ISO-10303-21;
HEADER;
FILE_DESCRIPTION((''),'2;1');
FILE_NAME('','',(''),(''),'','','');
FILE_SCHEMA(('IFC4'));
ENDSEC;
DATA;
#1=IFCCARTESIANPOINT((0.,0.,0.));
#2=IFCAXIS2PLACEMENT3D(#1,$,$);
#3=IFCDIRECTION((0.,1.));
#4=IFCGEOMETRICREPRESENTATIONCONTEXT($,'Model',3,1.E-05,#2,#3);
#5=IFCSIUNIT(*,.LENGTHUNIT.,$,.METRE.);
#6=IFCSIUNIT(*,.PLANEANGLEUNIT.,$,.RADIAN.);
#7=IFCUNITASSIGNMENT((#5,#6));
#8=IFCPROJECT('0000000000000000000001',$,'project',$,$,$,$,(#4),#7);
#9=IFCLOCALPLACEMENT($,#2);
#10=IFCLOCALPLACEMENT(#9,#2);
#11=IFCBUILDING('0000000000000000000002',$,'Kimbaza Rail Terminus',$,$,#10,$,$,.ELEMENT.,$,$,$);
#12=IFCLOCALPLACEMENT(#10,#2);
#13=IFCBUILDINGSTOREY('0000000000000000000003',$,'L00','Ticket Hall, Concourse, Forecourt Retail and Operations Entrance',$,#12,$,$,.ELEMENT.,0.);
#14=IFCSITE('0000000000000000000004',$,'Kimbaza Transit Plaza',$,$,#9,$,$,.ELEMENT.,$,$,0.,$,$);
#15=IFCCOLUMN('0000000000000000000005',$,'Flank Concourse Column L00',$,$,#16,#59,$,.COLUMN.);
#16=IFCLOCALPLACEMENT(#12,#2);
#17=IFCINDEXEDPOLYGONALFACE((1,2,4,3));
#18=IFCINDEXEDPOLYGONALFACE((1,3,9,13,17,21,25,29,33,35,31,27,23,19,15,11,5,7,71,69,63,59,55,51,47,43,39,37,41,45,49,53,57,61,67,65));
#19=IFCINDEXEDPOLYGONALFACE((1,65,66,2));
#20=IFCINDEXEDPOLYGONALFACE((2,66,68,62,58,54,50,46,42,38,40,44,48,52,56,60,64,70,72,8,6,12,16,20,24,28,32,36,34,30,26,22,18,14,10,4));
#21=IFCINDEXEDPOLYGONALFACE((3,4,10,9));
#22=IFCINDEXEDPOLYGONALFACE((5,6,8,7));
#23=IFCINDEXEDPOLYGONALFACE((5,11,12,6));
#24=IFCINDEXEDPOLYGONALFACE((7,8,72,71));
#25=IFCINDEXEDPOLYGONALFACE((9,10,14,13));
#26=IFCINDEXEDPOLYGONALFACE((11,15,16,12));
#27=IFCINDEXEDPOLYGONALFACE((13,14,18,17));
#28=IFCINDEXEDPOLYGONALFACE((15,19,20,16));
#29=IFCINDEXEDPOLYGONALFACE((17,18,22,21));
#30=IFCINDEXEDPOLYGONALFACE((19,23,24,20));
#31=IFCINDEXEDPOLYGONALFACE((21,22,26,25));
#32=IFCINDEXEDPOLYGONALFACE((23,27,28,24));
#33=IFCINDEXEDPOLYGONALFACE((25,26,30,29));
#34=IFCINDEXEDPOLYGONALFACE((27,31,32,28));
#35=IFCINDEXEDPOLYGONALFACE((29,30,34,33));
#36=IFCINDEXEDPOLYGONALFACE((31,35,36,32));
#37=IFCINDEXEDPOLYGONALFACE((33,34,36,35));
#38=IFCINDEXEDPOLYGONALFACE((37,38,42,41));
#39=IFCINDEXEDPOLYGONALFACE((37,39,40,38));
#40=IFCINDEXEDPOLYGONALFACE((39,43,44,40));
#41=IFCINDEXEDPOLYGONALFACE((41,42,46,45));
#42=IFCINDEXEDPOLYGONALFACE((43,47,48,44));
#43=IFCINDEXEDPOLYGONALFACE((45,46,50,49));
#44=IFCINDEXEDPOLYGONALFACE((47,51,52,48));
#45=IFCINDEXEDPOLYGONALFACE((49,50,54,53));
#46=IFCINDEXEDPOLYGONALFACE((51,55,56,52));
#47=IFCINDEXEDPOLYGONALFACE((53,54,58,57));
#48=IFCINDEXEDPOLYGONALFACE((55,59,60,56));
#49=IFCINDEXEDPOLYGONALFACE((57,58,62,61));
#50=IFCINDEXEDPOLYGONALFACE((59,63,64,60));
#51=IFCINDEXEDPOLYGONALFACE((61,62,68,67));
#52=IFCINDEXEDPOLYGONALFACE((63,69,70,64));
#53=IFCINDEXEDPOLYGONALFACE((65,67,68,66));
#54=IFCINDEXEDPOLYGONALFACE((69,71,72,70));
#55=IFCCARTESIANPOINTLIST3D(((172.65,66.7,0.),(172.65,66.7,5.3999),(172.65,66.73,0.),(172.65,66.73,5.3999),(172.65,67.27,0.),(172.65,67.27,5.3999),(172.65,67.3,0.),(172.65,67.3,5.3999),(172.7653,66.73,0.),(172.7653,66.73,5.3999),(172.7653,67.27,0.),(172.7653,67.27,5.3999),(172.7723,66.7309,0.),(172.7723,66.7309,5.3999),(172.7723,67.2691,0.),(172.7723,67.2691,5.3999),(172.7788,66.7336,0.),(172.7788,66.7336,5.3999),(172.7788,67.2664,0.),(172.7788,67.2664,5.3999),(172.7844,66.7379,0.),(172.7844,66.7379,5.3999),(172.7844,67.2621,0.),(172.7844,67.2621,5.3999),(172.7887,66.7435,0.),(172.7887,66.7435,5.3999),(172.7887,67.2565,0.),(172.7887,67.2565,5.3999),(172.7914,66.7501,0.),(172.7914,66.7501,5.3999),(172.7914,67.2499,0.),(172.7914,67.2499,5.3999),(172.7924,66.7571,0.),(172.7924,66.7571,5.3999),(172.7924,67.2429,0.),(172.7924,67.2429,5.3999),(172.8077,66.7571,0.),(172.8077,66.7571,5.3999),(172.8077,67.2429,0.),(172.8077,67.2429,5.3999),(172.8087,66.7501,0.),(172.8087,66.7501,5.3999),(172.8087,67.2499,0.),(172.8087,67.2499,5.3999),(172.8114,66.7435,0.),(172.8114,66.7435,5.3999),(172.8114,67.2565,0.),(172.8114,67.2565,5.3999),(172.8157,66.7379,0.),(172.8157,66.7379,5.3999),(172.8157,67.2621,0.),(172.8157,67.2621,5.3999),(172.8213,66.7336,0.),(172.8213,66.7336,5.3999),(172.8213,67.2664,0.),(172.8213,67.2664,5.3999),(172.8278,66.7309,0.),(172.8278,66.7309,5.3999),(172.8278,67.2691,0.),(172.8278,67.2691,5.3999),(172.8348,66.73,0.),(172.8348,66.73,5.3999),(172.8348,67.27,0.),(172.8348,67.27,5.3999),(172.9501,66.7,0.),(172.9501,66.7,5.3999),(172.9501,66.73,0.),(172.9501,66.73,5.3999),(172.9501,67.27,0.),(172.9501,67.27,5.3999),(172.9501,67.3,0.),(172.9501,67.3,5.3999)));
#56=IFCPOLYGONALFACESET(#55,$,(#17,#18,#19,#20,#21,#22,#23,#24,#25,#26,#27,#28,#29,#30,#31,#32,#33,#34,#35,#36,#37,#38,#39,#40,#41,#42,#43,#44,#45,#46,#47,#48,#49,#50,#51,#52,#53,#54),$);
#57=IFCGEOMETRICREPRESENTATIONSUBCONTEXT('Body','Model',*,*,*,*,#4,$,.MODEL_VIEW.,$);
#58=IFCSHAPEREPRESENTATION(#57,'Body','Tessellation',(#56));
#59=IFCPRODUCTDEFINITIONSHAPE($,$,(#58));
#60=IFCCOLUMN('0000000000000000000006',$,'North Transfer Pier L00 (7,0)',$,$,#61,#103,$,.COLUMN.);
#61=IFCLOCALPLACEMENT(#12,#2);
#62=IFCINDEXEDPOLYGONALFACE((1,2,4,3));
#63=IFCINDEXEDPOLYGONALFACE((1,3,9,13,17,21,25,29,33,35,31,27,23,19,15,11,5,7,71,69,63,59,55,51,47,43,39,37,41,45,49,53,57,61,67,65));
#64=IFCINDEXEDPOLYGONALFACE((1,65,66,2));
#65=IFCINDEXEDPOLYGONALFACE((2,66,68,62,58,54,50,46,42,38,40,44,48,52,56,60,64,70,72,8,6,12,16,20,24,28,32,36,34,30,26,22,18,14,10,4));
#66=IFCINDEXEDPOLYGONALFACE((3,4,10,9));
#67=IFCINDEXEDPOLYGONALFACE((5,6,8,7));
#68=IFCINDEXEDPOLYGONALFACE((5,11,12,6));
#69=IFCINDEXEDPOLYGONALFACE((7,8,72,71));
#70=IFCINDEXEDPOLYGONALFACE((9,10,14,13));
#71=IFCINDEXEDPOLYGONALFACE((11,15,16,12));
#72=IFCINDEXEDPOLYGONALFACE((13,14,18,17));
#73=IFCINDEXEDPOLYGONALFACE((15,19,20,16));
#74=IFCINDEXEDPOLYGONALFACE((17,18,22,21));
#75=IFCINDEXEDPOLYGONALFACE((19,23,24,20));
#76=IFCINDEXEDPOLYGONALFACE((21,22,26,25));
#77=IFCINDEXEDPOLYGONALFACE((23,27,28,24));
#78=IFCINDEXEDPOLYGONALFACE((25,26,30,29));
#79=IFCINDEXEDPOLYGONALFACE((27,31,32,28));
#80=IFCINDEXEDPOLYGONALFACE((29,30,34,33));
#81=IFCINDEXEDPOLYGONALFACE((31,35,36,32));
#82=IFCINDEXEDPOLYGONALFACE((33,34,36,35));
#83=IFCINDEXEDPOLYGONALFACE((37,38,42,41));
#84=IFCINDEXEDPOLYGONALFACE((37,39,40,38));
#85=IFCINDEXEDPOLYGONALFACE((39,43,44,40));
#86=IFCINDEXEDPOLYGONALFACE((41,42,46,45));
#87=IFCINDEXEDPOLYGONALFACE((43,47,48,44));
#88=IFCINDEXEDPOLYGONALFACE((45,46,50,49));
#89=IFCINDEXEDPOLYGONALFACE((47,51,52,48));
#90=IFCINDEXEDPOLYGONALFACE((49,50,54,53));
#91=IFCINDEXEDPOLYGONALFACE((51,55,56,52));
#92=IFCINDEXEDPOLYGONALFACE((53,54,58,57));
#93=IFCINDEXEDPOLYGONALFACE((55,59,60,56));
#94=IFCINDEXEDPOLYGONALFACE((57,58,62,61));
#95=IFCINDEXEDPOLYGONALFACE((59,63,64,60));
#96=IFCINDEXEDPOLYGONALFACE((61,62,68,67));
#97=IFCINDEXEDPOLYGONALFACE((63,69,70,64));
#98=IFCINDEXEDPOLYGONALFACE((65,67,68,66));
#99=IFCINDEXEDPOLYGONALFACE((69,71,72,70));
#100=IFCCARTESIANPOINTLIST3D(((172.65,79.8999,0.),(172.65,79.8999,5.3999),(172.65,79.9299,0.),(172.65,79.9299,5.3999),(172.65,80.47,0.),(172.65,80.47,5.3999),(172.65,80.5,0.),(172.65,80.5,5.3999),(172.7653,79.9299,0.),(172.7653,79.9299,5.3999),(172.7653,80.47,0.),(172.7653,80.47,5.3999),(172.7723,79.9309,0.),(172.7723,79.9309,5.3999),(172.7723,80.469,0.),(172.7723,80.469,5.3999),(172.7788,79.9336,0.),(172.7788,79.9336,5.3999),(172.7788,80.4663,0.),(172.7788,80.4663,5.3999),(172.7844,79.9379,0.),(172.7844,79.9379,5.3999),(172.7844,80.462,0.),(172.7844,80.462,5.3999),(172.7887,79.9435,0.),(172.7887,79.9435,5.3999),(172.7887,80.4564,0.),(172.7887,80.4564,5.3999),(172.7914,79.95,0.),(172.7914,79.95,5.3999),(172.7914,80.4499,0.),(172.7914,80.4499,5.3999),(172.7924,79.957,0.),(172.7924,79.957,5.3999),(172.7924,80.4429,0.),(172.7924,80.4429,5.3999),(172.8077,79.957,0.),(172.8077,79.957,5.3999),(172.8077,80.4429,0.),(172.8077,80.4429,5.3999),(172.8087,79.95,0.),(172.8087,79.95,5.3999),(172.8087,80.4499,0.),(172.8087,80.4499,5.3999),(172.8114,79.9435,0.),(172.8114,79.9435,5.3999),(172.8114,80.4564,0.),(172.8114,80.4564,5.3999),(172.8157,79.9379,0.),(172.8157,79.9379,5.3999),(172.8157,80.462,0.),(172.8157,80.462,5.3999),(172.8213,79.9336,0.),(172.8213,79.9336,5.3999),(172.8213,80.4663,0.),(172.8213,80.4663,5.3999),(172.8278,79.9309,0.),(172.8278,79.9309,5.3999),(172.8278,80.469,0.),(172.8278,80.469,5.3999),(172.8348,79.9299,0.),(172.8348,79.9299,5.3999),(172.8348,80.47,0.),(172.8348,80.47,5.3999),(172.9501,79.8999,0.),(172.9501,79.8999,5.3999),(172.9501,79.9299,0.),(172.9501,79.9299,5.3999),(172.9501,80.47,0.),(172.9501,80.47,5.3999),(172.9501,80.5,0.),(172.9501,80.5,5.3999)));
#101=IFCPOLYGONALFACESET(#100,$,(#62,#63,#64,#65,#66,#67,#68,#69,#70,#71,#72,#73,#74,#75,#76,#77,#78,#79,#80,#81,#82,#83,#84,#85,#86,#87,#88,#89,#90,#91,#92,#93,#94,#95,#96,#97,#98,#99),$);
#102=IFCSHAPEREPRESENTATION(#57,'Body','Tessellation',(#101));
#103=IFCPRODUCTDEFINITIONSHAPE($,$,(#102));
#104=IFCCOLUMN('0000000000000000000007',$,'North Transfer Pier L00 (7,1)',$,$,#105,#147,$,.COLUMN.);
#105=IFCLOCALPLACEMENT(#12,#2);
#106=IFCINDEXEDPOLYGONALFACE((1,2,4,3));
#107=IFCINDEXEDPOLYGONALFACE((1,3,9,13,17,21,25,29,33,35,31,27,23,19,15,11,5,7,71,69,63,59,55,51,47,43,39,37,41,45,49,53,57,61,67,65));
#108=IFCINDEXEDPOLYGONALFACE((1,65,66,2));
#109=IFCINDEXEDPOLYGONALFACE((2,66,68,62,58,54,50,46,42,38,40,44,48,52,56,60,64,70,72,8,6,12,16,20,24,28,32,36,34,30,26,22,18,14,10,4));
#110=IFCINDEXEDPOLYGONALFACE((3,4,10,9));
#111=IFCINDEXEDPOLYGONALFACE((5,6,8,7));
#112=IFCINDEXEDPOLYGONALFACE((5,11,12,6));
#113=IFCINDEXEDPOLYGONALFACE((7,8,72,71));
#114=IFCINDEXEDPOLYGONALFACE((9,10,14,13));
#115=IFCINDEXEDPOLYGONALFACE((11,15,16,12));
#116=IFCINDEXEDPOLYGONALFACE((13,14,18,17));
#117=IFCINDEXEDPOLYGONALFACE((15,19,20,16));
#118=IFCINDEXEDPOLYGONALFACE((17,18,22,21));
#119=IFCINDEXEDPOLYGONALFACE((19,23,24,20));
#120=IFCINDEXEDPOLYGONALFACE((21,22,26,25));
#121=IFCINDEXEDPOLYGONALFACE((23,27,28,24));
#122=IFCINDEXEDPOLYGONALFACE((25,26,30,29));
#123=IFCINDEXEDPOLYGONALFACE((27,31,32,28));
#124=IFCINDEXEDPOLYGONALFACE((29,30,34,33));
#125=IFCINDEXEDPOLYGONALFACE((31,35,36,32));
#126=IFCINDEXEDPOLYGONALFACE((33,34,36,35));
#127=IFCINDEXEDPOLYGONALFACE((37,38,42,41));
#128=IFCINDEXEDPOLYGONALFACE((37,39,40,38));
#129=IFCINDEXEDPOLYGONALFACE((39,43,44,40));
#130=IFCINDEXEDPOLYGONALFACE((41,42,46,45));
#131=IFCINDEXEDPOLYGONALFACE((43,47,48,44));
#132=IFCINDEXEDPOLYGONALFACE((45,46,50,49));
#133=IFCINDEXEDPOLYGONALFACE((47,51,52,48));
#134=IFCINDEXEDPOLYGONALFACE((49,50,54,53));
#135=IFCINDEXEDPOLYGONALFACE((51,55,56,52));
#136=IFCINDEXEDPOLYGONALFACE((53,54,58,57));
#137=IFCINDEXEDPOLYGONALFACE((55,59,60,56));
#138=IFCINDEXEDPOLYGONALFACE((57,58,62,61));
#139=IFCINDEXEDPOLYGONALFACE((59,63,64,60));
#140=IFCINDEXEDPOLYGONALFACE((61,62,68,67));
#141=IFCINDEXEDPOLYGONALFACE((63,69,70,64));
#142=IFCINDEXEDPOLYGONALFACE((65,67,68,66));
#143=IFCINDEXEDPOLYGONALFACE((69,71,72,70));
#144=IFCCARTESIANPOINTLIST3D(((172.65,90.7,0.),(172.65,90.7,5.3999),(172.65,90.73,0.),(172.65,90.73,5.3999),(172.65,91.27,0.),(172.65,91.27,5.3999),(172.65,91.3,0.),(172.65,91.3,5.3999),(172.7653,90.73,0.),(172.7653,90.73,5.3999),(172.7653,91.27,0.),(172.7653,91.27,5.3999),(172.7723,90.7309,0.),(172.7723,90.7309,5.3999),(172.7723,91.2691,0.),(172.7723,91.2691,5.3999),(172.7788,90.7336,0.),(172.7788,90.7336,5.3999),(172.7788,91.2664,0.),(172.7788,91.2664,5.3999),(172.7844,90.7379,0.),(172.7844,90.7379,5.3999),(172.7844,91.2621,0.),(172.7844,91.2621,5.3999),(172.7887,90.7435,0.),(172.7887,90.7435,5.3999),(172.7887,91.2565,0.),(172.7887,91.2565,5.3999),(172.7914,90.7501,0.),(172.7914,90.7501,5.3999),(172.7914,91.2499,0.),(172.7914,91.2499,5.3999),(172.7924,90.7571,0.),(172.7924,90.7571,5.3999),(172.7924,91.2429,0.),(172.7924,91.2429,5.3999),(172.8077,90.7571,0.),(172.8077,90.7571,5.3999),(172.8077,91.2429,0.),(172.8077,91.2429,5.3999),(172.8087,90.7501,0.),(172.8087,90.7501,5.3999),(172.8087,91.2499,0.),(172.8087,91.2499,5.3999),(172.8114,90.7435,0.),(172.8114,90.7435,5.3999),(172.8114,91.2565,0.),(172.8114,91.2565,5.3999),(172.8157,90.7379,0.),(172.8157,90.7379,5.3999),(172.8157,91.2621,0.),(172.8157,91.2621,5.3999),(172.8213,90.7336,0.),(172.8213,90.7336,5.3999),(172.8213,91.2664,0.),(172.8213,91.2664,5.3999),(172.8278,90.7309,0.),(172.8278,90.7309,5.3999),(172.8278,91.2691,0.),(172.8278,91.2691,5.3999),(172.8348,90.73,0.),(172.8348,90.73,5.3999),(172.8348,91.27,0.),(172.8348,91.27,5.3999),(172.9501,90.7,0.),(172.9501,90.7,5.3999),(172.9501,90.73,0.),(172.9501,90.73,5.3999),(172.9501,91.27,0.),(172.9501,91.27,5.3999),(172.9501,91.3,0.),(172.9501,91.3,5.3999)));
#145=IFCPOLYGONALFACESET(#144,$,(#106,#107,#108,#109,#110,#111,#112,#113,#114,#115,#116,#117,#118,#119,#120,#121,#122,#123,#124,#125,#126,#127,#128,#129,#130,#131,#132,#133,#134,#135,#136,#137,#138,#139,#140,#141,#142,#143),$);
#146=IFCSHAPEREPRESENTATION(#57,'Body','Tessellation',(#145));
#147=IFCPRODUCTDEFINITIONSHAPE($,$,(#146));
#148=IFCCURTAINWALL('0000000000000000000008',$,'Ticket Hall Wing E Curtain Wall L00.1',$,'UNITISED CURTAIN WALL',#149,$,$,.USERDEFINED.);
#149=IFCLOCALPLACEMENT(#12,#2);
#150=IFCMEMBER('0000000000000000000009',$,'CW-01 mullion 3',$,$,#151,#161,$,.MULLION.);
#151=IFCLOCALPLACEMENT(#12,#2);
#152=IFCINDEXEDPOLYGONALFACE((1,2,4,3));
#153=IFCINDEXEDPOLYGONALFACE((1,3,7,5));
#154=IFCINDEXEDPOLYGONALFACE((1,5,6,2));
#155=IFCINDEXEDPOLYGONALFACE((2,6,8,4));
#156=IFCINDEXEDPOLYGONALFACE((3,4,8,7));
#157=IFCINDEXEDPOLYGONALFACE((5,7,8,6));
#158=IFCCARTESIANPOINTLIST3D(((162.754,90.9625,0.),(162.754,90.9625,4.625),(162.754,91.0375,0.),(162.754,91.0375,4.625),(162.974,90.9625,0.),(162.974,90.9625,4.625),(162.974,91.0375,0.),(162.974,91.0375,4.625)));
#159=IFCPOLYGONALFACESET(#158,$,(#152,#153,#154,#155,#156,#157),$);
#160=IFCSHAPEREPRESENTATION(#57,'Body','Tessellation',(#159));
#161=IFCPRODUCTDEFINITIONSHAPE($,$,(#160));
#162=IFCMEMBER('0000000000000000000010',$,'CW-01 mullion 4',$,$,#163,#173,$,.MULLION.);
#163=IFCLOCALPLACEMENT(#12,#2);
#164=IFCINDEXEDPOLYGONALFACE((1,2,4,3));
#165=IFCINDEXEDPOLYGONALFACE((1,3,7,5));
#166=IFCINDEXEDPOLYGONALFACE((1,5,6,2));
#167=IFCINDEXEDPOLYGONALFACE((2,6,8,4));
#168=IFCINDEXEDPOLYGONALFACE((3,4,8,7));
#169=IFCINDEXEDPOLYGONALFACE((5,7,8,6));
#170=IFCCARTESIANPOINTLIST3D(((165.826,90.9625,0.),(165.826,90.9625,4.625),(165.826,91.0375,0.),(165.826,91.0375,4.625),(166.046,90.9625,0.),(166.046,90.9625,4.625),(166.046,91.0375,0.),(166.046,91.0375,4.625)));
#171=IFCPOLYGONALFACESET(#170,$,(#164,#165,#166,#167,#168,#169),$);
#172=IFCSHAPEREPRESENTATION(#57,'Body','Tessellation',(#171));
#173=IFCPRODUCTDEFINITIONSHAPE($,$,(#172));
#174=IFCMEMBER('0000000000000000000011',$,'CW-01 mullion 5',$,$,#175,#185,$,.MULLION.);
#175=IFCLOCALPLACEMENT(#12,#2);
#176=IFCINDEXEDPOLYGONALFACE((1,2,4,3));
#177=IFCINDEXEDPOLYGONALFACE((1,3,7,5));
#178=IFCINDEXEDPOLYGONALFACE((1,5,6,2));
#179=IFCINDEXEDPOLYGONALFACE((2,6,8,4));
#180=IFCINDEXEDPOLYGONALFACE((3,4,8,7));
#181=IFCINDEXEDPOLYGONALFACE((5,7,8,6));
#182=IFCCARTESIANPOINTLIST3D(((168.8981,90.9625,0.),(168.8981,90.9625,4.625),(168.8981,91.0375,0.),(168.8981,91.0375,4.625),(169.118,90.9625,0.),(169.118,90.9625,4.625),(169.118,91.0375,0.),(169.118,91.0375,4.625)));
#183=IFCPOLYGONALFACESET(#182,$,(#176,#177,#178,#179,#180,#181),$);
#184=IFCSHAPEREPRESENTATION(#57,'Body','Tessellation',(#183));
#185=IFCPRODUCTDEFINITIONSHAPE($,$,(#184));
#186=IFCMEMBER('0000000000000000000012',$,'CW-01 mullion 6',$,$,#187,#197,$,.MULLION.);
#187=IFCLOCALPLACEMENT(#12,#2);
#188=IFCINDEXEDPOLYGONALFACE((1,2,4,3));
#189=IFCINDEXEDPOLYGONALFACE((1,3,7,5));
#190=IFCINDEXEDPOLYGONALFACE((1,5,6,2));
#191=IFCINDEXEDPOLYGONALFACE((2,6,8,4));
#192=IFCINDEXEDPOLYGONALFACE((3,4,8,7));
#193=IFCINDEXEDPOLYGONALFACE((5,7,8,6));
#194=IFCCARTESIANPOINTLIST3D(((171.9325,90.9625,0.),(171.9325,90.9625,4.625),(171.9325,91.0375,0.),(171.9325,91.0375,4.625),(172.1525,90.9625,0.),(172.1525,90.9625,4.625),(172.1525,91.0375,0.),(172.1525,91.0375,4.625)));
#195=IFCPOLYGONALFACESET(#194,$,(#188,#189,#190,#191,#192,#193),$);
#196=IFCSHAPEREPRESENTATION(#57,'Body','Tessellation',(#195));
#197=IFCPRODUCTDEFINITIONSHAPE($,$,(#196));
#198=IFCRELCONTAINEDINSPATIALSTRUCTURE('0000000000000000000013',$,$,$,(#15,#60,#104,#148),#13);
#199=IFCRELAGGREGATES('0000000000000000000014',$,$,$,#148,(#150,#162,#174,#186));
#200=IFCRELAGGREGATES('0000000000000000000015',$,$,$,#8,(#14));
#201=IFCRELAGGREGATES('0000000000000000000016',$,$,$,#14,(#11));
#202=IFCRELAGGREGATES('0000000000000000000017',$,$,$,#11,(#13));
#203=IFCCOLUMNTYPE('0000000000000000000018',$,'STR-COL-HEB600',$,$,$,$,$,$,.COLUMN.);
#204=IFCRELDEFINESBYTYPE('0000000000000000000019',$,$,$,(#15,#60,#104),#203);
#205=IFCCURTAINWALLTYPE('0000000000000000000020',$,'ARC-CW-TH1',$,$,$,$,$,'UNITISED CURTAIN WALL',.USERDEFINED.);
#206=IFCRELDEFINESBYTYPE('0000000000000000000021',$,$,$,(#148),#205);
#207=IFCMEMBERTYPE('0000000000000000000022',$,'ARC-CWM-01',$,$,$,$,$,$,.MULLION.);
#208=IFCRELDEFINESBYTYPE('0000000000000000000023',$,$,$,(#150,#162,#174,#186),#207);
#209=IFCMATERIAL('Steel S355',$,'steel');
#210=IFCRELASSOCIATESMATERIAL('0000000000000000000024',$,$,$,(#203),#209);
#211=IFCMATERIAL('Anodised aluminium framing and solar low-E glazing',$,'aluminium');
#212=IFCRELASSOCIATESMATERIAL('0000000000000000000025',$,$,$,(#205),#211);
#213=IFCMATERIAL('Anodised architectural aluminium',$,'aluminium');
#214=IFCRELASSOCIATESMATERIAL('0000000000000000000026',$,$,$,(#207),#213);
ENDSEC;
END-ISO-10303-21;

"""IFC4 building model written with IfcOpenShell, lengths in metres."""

from ifc_helpers import new_model, si_unit, direction, frame, origin, origin_2d, place, context, subcontext, project, spatial, rectangle, i_section, extrude, material, material_profile, profile_set, type_object, element, aggregate, save


model = new_model("IFC4")

# Units and contexts
model_context = context("Model", 3, precision=1e-05, world=origin(), true_north=direction((0.0, 1.0)))
body_context = subcontext(model_context, "Body", "Model", "MODEL_VIEW")
ifc_project = project(units=[si_unit("LENGTHUNIT", "METRE"), si_unit("PLANEANGLEUNIT", "RADIAN")], contexts=[model_context])

# Site, building, storey
site_placement = place(None, origin())
site = spatial("IfcSite", under=ifc_project, at=site_placement, Name="Kimbaza Transit Plaza", CompositionType="ELEMENT", RefElevation=0.0)
building_placement = place(site_placement, origin())
building = spatial("IfcBuilding", under=site, at=building_placement, Name="Kimbaza Rail Terminus", CompositionType="ELEMENT")
storey_placement = place(building_placement, origin())
storey = spatial("IfcBuildingStorey", under=building, at=storey_placement, Name="L00", Description="Ticket Hall, Concourse, Forecourt Retail and Operations Entrance", CompositionType="ELEMENT", Elevation=0.0)

# Columns
ifc_material_1 = material(Name="Steel S355", Category="steel")
ifc_material_profile_1 = material_profile(ifc_material_1, i_section(OverallWidth=0.3, OverallDepth=0.6001, WebThickness=0.0154, FlangeThickness=0.03, FilletRadius=0.0271, at=origin_2d()), Name="HEB 600")
ifc_profile_set_1 = profile_set([ifc_material_profile_1], Name="Steel S355")
column_type = type_object("IfcColumnType", Name="STR-COL-HEB600", PredefinedType="COLUMN", material=ifc_profile_set_1)
for number, where, z_axis, x_axis, name in (
    (1, (172.8, 67.0, 0.0), (0.0, 0.0, 1.0), (1.0, 0.0, 0.0), "Flank Concourse Column L00"),
    (2, (172.8, 80.2, 0.0), (0.0, 0.0, 1.0), (1.0, 0.0, 0.0), "North Transfer Pier L00 (7,0)"),
    (3, (172.8, 91.0, 0.0), (0.0, 0.0, 1.0), (1.0, 0.0, 0.0), "North Transfer Pier L00 (7,1)"),
):
    element("IfcColumn", number, at=place(storey_placement, frame(where, z_axis=z_axis, x_axis=x_axis)), inside=storey, type_object=column_type, Name=name, PredefinedType="COLUMN", context=body_context, shape_type="SweptSolid", body=[
        extrude(i_section(OverallWidth=0.3, OverallDepth=0.6001, WebThickness=0.0154, FlangeThickness=0.03, FilletRadius=0.0271, at=origin_2d()), origin(), (0.0, 0.0, 1.0), 5.3999),
    ])

# Curtain wall, members
ifc_material_2 = material(Name="Anodised aluminium framing and solar low-E glazing", Category="aluminium")
curtain_wall_type = type_object("IfcCurtainWallType", Name="ARC-CW-TH1", ElementType="UNITISED CURTAIN WALL", PredefinedType="USERDEFINED", material=ifc_material_2)
curtain_wall_placement = place(storey_placement, origin())
curtain_wall = element("IfcCurtainWall", 4, at=curtain_wall_placement, inside=storey, type_object=curtain_wall_type, Name="Ticket Hall Wing E Curtain Wall L00.1", ObjectType="UNITISED CURTAIN WALL", PredefinedType="USERDEFINED")
ifc_material_3 = material(Name="Anodised architectural aluminium", Category="aluminium")
ifc_material_profile_2 = material_profile(ifc_material_3, rectangle(XDim=0.075, YDim=0.22, at=origin_2d()), Name="MULLION 75x220")
ifc_profile_set_2 = profile_set([ifc_material_profile_2], Name="Anodised architectural aluminium")
member_type_1 = type_object("IfcMemberType", Name="ARC-CWM-01", PredefinedType="MULLION", material=ifc_profile_set_2)
member_1_placement = place(storey_placement, frame((162.864, 91.0, 0.0), z_axis=(0.0, 0.0, 1.0), x_axis=(0.0, 1.0, 0.0)))
member_1 = element("IfcMember", 5, at=member_1_placement, type_object=member_type_1, Name="CW-01 mullion 3", PredefinedType="MULLION", context=body_context, shape_type="SweptSolid", body=[
    extrude(rectangle(XDim=0.075, YDim=0.22, at=origin_2d()), origin(), (0.0, 0.0, 1.0), 4.625),
])
member_2_placement = place(storey_placement, frame((165.936, 91.0, 0.0), z_axis=(0.0, 0.0, 1.0), x_axis=(0.0, 1.0, 0.0)))
member_2 = element("IfcMember", 6, at=member_2_placement, type_object=member_type_1, Name="CW-01 mullion 4", PredefinedType="MULLION", context=body_context, shape_type="SweptSolid", body=[
    extrude(rectangle(XDim=0.075, YDim=0.22, at=origin_2d()), origin(), (0.0, 0.0, 1.0), 4.625),
])
member_3_placement = place(storey_placement, frame((169.0081, 91.0, 0.0), z_axis=(0.0, 0.0, 1.0), x_axis=(0.0, 1.0, 0.0)))
member_3 = element("IfcMember", 7, at=member_3_placement, type_object=member_type_1, Name="CW-01 mullion 5", PredefinedType="MULLION", context=body_context, shape_type="SweptSolid", body=[
    extrude(rectangle(XDim=0.075, YDim=0.22, at=origin_2d()), origin(), (0.0, 0.0, 1.0), 4.625),
])
member_4_placement = place(storey_placement, frame((172.0425, 91.0, 0.0), z_axis=(0.0, 0.0, 1.0), x_axis=(0.0, 1.0, 0.0)))
member_4 = element("IfcMember", 8, at=member_4_placement, type_object=member_type_1, Name="CW-01 mullion 6", PredefinedType="MULLION", context=body_context, shape_type="SweptSolid", body=[
    extrude(rectangle(XDim=0.075, YDim=0.22, at=origin_2d()), origin(), (0.0, 0.0, 1.0), 4.625),
])

aggregate(curtain_wall, [member_1, member_2, member_3, member_4])

save(model, "model.ifc")
